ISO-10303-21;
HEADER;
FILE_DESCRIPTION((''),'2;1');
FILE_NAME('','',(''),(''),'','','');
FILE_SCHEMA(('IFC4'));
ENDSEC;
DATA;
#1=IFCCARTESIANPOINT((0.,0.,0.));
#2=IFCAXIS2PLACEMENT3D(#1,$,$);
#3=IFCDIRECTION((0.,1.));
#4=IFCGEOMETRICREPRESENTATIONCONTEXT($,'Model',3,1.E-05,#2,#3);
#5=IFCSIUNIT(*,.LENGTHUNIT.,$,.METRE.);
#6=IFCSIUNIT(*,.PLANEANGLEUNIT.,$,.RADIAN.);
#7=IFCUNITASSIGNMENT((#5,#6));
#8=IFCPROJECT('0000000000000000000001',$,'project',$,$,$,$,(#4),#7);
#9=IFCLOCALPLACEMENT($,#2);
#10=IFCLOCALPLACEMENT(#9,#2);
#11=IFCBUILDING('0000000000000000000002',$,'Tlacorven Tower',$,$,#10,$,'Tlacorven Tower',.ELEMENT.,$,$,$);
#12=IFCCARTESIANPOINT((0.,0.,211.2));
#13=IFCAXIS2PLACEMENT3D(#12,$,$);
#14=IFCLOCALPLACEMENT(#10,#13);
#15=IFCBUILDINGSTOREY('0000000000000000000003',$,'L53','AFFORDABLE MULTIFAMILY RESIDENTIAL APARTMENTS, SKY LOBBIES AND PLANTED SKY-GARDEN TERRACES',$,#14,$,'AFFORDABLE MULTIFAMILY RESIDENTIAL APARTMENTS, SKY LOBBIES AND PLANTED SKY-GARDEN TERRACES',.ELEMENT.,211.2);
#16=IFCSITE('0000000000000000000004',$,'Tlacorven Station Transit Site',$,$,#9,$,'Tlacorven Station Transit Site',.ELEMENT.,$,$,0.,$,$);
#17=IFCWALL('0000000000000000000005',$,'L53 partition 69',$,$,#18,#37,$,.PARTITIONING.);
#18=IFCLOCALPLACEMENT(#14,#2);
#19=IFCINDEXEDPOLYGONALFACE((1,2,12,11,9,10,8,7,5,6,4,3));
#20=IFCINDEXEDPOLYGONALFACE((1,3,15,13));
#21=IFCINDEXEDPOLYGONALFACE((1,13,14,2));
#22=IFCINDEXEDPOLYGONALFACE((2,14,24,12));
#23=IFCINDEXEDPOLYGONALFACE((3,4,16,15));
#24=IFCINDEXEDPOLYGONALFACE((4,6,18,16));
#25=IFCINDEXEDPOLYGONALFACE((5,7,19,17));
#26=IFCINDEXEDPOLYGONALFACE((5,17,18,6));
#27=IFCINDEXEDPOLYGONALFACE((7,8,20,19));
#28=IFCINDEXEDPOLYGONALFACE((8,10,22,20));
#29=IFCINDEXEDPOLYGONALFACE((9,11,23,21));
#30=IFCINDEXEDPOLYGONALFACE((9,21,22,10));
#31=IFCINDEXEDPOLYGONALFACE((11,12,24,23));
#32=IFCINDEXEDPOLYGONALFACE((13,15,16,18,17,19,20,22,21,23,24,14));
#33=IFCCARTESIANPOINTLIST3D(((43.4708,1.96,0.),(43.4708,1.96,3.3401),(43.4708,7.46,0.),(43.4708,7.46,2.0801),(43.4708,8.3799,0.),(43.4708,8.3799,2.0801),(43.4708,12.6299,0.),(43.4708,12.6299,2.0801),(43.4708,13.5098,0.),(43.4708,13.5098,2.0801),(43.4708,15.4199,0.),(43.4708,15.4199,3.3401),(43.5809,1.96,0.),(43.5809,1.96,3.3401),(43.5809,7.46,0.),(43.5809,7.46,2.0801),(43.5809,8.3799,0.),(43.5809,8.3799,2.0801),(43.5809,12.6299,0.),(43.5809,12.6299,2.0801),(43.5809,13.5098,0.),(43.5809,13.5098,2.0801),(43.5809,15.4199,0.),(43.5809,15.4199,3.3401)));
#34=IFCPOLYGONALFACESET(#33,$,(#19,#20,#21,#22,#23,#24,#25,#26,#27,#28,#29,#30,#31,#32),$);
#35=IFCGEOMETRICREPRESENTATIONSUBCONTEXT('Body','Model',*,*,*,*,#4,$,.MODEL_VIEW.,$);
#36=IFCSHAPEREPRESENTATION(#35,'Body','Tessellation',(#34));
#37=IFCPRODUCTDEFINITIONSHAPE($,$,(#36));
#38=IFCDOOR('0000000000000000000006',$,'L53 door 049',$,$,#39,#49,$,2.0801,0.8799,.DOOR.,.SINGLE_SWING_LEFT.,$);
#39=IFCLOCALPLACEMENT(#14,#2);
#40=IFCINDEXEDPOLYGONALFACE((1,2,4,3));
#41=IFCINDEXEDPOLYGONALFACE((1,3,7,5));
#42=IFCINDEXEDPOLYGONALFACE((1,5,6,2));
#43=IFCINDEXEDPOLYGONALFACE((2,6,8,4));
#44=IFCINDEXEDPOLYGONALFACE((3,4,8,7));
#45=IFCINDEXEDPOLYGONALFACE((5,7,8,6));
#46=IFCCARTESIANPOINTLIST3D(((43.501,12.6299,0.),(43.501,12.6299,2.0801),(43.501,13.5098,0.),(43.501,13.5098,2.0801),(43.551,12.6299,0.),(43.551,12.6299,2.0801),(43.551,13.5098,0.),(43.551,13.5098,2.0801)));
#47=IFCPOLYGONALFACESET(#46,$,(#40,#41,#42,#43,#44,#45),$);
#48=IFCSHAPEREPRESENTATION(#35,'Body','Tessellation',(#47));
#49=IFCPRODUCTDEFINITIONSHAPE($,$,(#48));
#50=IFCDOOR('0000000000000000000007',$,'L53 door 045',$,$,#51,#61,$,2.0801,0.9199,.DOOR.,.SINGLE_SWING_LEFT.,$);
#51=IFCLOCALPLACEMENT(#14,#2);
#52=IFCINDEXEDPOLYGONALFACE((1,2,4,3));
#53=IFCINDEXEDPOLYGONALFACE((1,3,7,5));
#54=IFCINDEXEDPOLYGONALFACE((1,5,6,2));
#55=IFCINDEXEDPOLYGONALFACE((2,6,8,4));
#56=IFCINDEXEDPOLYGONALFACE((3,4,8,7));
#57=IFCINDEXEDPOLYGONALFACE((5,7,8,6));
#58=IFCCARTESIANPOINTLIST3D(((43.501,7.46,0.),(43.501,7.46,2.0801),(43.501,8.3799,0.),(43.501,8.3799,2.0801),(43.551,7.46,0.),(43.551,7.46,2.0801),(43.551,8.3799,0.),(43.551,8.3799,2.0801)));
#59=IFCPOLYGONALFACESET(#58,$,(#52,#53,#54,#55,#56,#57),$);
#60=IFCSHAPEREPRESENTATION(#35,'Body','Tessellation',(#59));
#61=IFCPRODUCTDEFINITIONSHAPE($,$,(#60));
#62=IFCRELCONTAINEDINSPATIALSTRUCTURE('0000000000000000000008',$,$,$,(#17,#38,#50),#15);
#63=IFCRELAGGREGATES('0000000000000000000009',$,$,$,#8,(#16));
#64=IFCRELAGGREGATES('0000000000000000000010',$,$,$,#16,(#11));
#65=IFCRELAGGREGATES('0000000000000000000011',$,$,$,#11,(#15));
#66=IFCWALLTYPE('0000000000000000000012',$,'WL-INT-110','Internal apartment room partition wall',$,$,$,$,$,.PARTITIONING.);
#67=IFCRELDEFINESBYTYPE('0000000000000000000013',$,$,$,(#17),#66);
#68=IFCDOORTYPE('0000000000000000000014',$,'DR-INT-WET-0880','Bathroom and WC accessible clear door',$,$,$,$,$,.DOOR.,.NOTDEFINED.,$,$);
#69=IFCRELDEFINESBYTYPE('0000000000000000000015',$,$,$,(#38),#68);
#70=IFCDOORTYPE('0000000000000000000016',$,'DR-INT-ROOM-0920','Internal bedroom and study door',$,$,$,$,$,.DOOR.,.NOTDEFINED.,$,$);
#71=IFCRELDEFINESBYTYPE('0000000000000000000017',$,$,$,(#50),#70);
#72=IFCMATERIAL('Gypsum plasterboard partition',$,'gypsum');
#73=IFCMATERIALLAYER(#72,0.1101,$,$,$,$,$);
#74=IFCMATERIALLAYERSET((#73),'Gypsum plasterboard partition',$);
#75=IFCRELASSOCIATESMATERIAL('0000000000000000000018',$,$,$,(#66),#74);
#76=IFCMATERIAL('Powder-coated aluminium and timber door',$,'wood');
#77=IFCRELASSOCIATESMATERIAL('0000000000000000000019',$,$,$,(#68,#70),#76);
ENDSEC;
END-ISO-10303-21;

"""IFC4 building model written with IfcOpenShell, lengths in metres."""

from ifc_helpers import new_model, si_unit, direction, frame, frame_2d, origin, place, context, subcontext, project, spatial, rectangle, extrude, source, transform, mapped, material, layer, layer_set, type_object, element, fill, save


model = new_model("IFC4")

# Units and contexts
model_context = context("Model", 3, precision=1e-05, world=origin(), true_north=direction((0.0, 1.0)))
body_context = subcontext(model_context, "Body", "Model", "MODEL_VIEW")
ifc_project = project(units=[si_unit("LENGTHUNIT", "METRE"), si_unit("PLANEANGLEUNIT", "RADIAN")], contexts=[model_context])

# Site, building, storey
site_placement = place(None, origin())
site = spatial("IfcSite", under=ifc_project, at=site_placement, Name="Tlacorven Station Transit Site", LongName="Tlacorven Station Transit Site", CompositionType="ELEMENT", RefElevation=0.0)
building_placement = place(site_placement, origin())
building = spatial("IfcBuilding", under=site, at=building_placement, Name="Tlacorven Tower", LongName="Tlacorven Tower", CompositionType="ELEMENT")
storey_placement = place(building_placement, frame((0.0, 0.0, 211.2)))
storey = spatial("IfcBuildingStorey", under=building, at=storey_placement, Name="L53", Description="AFFORDABLE MULTIFAMILY RESIDENTIAL APARTMENTS, SKY LOBBIES AND PLANTED SKY-GARDEN TERRACES", LongName="AFFORDABLE MULTIFAMILY RESIDENTIAL APARTMENTS, SKY LOBBIES AND PLANTED SKY-GARDEN TERRACES", CompositionType="ELEMENT", Elevation=211.2)

# Wall, openings, doors
ifc_material_1 = material(Name="Gypsum plasterboard partition", Category="gypsum")
ifc_layer_1 = layer(ifc_material_1, 0.1101)
ifc_layer_set_1 = layer_set([ifc_layer_1], Name="Gypsum plasterboard partition")
wall_type = type_object("IfcWallType", Name="WL-INT-110", Description="Internal apartment room partition wall", PredefinedType="PARTITIONING", material=ifc_layer_set_1)
wall_placement = place(storey_placement, frame((43.5259, 1.96, 0.0), z_axis=(0.0, 0.0, 1.0), x_axis=(0.0, 1.0, 0.0)))
wall = element("IfcWall", 1, at=wall_placement, inside=storey, type_object=wall_type, Name="L53 partition 69", PredefinedType="PARTITIONING", context=body_context, shape_type="SweptSolid", body=[
    extrude(rectangle(XDim=13.46, YDim=0.1101, at=frame_2d((6.73, 0.0))), origin(), (0.0, 0.0, 1.0), 3.3401),
])
opening_1_placement = place(wall_placement, frame((5.5, 0.0, 0.0)))
opening_1 = element("IfcOpeningElement", 2, at=opening_1_placement, cuts=wall, PredefinedType="OPENING", context=body_context, shape_type="SweptSolid", body=[
    extrude(rectangle(XDim=0.9199, YDim=2.0801, at=frame_2d((0.46, 1.04))), frame((0.0, 0.0649, 0.0), z_axis=(0.0, -1.0, 0.0), x_axis=(1.0, 0.0, 0.0)), (0.0, 0.0, 1.0), 0.1301),
])
opening_2_placement = place(wall_placement, frame((10.6699, 0.0, 0.0)))
opening_2 = element("IfcOpeningElement", 3, at=opening_2_placement, cuts=wall, PredefinedType="OPENING", context=body_context, shape_type="SweptSolid", body=[
    extrude(rectangle(XDim=0.8799, YDim=2.0801, at=frame_2d((0.4399, 1.04))), frame((0.0, 0.0649, 0.0), z_axis=(0.0, -1.0, 0.0), x_axis=(1.0, 0.0, 0.0)), (0.0, 0.0, 1.0), 0.1301),
])
ifc_material_2 = material(Name="Powder-coated aluminium and timber door", Category="wood")
door_type_1 = type_object("IfcDoorType", Name="DR-INT-WET-0880", Description="Bathroom and WC accessible clear door", OperationType="NOTDEFINED", PredefinedType="DOOR", material=ifc_material_2)
shared_shape_1 = source(origin(), body_context, "Body", "SweptSolid", [
    extrude(rectangle(XDim=0.8799, YDim=2.0801, at=frame_2d((0.4399, 1.04))), frame((0.0, 0.0249, 0.0), z_axis=(0.0, -1.0, 0.0), x_axis=(1.0, 0.0, 0.0)), (0.0, 0.0, 1.0), 0.05),
])
door_1_placement = place(opening_2_placement, origin())
door_1 = element("IfcDoor", 4, at=door_1_placement, inside=storey, type_object=door_type_1, Name="L53 door 049", OperationType="SINGLE_SWING_LEFT", OverallHeight=2.0801, OverallWidth=0.8799, PredefinedType="DOOR", context=body_context, shape_type="MappedRepresentation", body=[
    mapped(shared_shape_1, transform((0.0, 0.0, 0.0), scale=1.0)),
])
fill(opening_2, door_1)
door_type_2 = type_object("IfcDoorType", Name="DR-INT-ROOM-0920", Description="Internal bedroom and study door", OperationType="NOTDEFINED", PredefinedType="DOOR", material=ifc_material_2)
shared_shape_2 = source(origin(), body_context, "Body", "SweptSolid", [
    extrude(rectangle(XDim=0.9199, YDim=2.0801, at=frame_2d((0.46, 1.04))), frame((0.0, 0.0249, 0.0), z_axis=(0.0, -1.0, 0.0), x_axis=(1.0, 0.0, 0.0)), (0.0, 0.0, 1.0), 0.05),
])
door_2_placement = place(opening_1_placement, origin())
door_2 = element("IfcDoor", 5, at=door_2_placement, inside=storey, type_object=door_type_2, Name="L53 door 045", OperationType="SINGLE_SWING_LEFT", OverallHeight=2.0801, OverallWidth=0.9199, PredefinedType="DOOR", context=body_context, shape_type="MappedRepresentation", body=[
    mapped(shared_shape_2, transform((0.0, 0.0, 0.0), scale=1.0)),
])
fill(opening_1, door_2)

save(model, "model.ifc")
